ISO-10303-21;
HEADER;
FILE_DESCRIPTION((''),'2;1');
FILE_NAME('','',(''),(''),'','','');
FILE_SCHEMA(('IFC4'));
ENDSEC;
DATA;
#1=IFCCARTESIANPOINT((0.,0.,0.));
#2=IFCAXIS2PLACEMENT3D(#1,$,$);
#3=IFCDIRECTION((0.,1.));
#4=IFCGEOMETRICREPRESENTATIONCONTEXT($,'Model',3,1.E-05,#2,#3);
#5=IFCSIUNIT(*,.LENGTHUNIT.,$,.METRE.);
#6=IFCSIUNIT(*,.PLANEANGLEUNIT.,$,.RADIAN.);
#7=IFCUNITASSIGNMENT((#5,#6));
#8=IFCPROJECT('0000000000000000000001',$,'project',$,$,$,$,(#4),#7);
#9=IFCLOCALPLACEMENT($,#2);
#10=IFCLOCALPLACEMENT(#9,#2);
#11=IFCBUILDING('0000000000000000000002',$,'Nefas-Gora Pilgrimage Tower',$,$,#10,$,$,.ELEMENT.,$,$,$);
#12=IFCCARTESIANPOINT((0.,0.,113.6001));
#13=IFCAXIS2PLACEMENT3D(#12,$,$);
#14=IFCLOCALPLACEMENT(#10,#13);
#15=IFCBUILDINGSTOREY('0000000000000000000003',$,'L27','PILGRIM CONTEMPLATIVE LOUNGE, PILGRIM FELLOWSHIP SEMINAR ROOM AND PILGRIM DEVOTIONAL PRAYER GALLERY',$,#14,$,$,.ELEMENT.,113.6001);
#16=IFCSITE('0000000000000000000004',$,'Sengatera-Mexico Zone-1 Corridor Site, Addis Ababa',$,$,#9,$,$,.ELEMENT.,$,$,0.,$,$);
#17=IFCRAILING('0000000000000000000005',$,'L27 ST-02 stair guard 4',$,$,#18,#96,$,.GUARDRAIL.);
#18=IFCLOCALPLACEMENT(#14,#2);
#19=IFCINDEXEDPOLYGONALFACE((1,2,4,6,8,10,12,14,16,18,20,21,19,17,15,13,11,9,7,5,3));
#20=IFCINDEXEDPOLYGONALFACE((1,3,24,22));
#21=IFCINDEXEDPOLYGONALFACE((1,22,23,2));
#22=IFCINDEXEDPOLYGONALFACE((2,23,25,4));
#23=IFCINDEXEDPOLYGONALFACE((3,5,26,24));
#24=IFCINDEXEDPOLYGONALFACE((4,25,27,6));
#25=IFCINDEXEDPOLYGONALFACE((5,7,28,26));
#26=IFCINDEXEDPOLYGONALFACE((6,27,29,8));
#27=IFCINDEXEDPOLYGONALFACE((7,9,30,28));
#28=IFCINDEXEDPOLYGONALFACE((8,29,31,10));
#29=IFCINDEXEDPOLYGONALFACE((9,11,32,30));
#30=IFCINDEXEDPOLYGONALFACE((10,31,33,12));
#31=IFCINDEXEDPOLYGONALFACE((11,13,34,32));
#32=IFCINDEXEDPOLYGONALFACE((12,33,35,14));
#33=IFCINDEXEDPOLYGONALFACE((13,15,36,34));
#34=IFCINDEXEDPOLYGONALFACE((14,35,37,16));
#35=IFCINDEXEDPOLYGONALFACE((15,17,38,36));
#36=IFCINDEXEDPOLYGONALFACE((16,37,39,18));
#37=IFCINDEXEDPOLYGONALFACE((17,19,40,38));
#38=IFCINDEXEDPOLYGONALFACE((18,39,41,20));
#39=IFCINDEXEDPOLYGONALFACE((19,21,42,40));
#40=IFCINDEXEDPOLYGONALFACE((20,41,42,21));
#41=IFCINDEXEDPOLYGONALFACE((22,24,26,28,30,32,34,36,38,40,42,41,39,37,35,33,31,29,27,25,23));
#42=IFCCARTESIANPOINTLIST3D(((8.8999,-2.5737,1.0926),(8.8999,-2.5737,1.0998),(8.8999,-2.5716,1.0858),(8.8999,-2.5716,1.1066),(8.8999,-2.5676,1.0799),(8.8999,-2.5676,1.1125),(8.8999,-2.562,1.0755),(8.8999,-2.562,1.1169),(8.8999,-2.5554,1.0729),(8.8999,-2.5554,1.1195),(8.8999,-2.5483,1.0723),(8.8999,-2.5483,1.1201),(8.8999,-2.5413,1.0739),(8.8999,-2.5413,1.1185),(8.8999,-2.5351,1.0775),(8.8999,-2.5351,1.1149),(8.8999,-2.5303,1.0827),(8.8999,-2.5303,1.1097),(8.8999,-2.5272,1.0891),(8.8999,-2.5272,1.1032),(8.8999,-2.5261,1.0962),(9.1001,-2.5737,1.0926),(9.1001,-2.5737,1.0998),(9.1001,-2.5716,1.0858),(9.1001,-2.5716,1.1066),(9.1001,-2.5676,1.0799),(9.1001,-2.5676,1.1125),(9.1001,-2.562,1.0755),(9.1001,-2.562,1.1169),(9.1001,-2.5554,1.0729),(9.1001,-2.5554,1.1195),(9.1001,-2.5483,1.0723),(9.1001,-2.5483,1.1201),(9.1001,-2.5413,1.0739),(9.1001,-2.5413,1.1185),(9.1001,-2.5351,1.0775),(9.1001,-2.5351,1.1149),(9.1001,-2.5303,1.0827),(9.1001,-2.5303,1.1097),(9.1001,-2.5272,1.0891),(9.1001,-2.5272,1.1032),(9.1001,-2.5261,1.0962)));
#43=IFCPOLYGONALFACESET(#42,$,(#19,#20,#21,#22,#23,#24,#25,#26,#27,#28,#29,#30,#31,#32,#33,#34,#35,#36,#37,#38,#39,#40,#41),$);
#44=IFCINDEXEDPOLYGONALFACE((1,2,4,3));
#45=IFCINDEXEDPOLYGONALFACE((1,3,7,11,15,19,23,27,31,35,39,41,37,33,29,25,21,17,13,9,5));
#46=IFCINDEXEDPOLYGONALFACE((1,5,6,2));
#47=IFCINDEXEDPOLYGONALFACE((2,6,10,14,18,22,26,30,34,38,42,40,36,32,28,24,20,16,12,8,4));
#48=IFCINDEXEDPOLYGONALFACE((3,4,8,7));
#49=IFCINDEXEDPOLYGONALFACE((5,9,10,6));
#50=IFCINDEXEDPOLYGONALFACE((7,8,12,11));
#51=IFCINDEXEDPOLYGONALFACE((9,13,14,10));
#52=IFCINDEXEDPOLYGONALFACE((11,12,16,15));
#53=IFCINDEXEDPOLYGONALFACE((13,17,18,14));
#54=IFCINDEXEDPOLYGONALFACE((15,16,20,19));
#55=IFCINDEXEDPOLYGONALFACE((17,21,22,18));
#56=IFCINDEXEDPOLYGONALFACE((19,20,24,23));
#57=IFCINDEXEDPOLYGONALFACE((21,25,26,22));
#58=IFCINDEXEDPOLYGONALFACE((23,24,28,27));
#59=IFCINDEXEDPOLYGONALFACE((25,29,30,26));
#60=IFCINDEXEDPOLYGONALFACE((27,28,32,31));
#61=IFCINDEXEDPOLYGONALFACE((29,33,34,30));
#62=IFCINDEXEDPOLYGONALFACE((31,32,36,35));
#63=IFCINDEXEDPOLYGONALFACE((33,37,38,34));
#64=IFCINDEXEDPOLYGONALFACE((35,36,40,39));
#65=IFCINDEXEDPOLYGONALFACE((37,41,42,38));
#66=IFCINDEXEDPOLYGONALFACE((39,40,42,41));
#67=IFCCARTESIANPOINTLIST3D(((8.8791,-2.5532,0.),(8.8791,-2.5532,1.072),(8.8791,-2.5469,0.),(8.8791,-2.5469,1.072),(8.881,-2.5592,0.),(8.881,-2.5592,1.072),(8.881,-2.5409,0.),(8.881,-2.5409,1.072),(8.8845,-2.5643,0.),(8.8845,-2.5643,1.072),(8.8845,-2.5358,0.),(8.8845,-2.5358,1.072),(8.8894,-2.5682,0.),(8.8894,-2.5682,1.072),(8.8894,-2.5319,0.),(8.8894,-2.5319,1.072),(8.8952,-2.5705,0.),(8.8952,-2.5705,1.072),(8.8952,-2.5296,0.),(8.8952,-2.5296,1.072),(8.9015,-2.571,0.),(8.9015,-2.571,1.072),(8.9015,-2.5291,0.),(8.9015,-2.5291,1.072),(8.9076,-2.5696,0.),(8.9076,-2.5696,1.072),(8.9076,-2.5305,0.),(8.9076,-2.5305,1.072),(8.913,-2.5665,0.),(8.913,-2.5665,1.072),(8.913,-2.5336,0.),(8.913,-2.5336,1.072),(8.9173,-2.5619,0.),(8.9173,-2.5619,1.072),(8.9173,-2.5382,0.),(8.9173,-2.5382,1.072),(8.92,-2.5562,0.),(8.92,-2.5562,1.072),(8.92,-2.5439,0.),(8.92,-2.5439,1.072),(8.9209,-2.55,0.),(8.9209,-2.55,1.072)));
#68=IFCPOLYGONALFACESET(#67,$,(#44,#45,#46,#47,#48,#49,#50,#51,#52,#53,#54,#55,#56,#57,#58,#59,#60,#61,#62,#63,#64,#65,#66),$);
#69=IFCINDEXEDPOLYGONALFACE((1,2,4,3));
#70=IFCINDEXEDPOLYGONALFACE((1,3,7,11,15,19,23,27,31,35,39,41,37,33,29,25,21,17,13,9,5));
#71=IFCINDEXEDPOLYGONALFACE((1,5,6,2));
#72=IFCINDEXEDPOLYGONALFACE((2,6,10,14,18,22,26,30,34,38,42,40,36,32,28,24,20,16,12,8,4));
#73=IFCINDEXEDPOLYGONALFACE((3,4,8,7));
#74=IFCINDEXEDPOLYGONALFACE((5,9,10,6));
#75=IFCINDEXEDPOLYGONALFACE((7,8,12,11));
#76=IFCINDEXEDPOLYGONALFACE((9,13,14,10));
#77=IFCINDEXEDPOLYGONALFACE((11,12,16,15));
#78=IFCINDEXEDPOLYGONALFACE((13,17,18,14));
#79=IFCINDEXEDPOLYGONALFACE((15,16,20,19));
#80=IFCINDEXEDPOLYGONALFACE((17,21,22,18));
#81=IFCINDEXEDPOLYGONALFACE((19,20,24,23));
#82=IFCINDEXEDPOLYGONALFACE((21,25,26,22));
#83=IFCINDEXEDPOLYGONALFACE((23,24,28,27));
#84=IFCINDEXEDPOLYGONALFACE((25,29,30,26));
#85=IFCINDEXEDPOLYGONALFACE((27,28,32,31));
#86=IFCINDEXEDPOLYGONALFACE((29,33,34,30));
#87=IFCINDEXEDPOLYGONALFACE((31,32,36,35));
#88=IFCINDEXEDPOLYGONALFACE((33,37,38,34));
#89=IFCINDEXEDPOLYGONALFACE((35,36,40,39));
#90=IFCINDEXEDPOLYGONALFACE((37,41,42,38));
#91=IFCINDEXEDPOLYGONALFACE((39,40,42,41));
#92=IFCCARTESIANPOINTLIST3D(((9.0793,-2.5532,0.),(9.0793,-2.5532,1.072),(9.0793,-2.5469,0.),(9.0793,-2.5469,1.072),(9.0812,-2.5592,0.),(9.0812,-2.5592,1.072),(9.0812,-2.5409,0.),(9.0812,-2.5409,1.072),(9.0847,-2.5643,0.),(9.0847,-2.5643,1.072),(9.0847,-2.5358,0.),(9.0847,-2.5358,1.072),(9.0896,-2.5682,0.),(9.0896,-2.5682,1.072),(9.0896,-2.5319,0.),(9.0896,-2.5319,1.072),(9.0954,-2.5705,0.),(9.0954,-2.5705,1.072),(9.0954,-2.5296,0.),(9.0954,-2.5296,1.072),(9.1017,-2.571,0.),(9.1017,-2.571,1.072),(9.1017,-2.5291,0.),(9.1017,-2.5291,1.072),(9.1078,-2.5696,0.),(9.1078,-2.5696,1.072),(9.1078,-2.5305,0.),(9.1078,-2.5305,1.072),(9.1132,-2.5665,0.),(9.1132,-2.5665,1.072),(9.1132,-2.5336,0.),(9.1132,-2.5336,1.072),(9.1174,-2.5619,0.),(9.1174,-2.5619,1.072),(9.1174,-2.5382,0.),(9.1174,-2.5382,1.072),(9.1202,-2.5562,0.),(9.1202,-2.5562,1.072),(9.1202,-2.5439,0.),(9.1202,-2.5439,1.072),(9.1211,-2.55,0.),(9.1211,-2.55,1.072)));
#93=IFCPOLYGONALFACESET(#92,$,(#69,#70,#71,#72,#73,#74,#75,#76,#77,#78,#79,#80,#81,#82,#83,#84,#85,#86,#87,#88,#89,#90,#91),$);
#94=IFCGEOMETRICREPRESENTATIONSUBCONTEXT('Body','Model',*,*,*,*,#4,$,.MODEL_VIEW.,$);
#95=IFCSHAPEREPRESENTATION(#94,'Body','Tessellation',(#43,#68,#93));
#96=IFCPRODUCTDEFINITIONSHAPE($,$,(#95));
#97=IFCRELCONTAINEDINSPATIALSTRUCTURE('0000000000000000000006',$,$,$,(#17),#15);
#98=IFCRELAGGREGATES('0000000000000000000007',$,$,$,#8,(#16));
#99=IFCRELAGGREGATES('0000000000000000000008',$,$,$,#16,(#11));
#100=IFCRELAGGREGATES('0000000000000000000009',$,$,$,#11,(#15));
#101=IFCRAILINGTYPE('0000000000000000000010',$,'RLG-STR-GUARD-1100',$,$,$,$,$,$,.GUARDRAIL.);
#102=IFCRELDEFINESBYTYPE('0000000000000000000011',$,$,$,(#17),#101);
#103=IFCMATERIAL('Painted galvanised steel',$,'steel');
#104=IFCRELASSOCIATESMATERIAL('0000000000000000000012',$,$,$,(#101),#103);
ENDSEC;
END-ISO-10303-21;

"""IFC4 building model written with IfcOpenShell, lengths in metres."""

from ifc_helpers import new_model, si_unit, direction, frame, origin, origin_2d, place, context, subcontext, project, spatial, circle, extrude, material, type_object, element, save


model = new_model("IFC4")

# Units and contexts
model_context = context("Model", 3, precision=1e-05, world=origin(), true_north=direction((0.0, 1.0)))
body_context = subcontext(model_context, "Body", "Model", "MODEL_VIEW")
ifc_project = project(units=[si_unit("LENGTHUNIT", "METRE"), si_unit("PLANEANGLEUNIT", "RADIAN")], contexts=[model_context])

# Site, building, storey
site_placement = place(None, origin())
site = spatial("IfcSite", under=ifc_project, at=site_placement, Name="Sengatera-Mexico Zone-1 Corridor Site, Addis Ababa", CompositionType="ELEMENT", RefElevation=0.0)
building_placement = place(site_placement, origin())
building = spatial("IfcBuilding", under=site, at=building_placement, Name="Nefas-Gora Pilgrimage Tower", CompositionType="ELEMENT")
storey_placement = place(building_placement, frame((0.0, 0.0, 113.6001)))
storey = spatial("IfcBuildingStorey", under=building, at=storey_placement, Name="L27", Description="PILGRIM CONTEMPLATIVE LOUNGE, PILGRIM FELLOWSHIP SEMINAR ROOM AND PILGRIM DEVOTIONAL PRAYER GALLERY", CompositionType="ELEMENT", Elevation=113.6001)

# Railing
ifc_material_1 = material(Name="Painted galvanised steel", Category="steel")
railing_type_1 = type_object("IfcRailingType", Name="RLG-STR-GUARD-1100", PredefinedType="GUARDRAIL", material=ifc_material_1)
railing_1_placement = place(storey_placement, frame((8.8999, -2.55, 0.0)))
element("IfcRailing", 1, at=railing_1_placement, inside=storey, type_object=railing_type_1, Name="L27 ST-02 stair guard 4", PredefinedType="GUARDRAIL", context=body_context, shape_type="SweptSolid", body=[
    extrude(circle(Radius=0.0239, at=origin_2d()), frame((0.0, 0.0, 1.0962), z_axis=(1.0, 0.0, 0.0), x_axis=(0.0, 1.0, 0.0)), (0.0, 0.0, 1.0), 0.2002),
    extrude(circle(Radius=0.021, at=origin_2d()), origin(), (0.0, 0.0, 1.0), 1.072),
    extrude(circle(Radius=0.021, at=origin_2d()), frame((0.2002, 0.0, 0.0)), (0.0, 0.0, 1.0), 1.072),
])

save(model, "model.ifc")
